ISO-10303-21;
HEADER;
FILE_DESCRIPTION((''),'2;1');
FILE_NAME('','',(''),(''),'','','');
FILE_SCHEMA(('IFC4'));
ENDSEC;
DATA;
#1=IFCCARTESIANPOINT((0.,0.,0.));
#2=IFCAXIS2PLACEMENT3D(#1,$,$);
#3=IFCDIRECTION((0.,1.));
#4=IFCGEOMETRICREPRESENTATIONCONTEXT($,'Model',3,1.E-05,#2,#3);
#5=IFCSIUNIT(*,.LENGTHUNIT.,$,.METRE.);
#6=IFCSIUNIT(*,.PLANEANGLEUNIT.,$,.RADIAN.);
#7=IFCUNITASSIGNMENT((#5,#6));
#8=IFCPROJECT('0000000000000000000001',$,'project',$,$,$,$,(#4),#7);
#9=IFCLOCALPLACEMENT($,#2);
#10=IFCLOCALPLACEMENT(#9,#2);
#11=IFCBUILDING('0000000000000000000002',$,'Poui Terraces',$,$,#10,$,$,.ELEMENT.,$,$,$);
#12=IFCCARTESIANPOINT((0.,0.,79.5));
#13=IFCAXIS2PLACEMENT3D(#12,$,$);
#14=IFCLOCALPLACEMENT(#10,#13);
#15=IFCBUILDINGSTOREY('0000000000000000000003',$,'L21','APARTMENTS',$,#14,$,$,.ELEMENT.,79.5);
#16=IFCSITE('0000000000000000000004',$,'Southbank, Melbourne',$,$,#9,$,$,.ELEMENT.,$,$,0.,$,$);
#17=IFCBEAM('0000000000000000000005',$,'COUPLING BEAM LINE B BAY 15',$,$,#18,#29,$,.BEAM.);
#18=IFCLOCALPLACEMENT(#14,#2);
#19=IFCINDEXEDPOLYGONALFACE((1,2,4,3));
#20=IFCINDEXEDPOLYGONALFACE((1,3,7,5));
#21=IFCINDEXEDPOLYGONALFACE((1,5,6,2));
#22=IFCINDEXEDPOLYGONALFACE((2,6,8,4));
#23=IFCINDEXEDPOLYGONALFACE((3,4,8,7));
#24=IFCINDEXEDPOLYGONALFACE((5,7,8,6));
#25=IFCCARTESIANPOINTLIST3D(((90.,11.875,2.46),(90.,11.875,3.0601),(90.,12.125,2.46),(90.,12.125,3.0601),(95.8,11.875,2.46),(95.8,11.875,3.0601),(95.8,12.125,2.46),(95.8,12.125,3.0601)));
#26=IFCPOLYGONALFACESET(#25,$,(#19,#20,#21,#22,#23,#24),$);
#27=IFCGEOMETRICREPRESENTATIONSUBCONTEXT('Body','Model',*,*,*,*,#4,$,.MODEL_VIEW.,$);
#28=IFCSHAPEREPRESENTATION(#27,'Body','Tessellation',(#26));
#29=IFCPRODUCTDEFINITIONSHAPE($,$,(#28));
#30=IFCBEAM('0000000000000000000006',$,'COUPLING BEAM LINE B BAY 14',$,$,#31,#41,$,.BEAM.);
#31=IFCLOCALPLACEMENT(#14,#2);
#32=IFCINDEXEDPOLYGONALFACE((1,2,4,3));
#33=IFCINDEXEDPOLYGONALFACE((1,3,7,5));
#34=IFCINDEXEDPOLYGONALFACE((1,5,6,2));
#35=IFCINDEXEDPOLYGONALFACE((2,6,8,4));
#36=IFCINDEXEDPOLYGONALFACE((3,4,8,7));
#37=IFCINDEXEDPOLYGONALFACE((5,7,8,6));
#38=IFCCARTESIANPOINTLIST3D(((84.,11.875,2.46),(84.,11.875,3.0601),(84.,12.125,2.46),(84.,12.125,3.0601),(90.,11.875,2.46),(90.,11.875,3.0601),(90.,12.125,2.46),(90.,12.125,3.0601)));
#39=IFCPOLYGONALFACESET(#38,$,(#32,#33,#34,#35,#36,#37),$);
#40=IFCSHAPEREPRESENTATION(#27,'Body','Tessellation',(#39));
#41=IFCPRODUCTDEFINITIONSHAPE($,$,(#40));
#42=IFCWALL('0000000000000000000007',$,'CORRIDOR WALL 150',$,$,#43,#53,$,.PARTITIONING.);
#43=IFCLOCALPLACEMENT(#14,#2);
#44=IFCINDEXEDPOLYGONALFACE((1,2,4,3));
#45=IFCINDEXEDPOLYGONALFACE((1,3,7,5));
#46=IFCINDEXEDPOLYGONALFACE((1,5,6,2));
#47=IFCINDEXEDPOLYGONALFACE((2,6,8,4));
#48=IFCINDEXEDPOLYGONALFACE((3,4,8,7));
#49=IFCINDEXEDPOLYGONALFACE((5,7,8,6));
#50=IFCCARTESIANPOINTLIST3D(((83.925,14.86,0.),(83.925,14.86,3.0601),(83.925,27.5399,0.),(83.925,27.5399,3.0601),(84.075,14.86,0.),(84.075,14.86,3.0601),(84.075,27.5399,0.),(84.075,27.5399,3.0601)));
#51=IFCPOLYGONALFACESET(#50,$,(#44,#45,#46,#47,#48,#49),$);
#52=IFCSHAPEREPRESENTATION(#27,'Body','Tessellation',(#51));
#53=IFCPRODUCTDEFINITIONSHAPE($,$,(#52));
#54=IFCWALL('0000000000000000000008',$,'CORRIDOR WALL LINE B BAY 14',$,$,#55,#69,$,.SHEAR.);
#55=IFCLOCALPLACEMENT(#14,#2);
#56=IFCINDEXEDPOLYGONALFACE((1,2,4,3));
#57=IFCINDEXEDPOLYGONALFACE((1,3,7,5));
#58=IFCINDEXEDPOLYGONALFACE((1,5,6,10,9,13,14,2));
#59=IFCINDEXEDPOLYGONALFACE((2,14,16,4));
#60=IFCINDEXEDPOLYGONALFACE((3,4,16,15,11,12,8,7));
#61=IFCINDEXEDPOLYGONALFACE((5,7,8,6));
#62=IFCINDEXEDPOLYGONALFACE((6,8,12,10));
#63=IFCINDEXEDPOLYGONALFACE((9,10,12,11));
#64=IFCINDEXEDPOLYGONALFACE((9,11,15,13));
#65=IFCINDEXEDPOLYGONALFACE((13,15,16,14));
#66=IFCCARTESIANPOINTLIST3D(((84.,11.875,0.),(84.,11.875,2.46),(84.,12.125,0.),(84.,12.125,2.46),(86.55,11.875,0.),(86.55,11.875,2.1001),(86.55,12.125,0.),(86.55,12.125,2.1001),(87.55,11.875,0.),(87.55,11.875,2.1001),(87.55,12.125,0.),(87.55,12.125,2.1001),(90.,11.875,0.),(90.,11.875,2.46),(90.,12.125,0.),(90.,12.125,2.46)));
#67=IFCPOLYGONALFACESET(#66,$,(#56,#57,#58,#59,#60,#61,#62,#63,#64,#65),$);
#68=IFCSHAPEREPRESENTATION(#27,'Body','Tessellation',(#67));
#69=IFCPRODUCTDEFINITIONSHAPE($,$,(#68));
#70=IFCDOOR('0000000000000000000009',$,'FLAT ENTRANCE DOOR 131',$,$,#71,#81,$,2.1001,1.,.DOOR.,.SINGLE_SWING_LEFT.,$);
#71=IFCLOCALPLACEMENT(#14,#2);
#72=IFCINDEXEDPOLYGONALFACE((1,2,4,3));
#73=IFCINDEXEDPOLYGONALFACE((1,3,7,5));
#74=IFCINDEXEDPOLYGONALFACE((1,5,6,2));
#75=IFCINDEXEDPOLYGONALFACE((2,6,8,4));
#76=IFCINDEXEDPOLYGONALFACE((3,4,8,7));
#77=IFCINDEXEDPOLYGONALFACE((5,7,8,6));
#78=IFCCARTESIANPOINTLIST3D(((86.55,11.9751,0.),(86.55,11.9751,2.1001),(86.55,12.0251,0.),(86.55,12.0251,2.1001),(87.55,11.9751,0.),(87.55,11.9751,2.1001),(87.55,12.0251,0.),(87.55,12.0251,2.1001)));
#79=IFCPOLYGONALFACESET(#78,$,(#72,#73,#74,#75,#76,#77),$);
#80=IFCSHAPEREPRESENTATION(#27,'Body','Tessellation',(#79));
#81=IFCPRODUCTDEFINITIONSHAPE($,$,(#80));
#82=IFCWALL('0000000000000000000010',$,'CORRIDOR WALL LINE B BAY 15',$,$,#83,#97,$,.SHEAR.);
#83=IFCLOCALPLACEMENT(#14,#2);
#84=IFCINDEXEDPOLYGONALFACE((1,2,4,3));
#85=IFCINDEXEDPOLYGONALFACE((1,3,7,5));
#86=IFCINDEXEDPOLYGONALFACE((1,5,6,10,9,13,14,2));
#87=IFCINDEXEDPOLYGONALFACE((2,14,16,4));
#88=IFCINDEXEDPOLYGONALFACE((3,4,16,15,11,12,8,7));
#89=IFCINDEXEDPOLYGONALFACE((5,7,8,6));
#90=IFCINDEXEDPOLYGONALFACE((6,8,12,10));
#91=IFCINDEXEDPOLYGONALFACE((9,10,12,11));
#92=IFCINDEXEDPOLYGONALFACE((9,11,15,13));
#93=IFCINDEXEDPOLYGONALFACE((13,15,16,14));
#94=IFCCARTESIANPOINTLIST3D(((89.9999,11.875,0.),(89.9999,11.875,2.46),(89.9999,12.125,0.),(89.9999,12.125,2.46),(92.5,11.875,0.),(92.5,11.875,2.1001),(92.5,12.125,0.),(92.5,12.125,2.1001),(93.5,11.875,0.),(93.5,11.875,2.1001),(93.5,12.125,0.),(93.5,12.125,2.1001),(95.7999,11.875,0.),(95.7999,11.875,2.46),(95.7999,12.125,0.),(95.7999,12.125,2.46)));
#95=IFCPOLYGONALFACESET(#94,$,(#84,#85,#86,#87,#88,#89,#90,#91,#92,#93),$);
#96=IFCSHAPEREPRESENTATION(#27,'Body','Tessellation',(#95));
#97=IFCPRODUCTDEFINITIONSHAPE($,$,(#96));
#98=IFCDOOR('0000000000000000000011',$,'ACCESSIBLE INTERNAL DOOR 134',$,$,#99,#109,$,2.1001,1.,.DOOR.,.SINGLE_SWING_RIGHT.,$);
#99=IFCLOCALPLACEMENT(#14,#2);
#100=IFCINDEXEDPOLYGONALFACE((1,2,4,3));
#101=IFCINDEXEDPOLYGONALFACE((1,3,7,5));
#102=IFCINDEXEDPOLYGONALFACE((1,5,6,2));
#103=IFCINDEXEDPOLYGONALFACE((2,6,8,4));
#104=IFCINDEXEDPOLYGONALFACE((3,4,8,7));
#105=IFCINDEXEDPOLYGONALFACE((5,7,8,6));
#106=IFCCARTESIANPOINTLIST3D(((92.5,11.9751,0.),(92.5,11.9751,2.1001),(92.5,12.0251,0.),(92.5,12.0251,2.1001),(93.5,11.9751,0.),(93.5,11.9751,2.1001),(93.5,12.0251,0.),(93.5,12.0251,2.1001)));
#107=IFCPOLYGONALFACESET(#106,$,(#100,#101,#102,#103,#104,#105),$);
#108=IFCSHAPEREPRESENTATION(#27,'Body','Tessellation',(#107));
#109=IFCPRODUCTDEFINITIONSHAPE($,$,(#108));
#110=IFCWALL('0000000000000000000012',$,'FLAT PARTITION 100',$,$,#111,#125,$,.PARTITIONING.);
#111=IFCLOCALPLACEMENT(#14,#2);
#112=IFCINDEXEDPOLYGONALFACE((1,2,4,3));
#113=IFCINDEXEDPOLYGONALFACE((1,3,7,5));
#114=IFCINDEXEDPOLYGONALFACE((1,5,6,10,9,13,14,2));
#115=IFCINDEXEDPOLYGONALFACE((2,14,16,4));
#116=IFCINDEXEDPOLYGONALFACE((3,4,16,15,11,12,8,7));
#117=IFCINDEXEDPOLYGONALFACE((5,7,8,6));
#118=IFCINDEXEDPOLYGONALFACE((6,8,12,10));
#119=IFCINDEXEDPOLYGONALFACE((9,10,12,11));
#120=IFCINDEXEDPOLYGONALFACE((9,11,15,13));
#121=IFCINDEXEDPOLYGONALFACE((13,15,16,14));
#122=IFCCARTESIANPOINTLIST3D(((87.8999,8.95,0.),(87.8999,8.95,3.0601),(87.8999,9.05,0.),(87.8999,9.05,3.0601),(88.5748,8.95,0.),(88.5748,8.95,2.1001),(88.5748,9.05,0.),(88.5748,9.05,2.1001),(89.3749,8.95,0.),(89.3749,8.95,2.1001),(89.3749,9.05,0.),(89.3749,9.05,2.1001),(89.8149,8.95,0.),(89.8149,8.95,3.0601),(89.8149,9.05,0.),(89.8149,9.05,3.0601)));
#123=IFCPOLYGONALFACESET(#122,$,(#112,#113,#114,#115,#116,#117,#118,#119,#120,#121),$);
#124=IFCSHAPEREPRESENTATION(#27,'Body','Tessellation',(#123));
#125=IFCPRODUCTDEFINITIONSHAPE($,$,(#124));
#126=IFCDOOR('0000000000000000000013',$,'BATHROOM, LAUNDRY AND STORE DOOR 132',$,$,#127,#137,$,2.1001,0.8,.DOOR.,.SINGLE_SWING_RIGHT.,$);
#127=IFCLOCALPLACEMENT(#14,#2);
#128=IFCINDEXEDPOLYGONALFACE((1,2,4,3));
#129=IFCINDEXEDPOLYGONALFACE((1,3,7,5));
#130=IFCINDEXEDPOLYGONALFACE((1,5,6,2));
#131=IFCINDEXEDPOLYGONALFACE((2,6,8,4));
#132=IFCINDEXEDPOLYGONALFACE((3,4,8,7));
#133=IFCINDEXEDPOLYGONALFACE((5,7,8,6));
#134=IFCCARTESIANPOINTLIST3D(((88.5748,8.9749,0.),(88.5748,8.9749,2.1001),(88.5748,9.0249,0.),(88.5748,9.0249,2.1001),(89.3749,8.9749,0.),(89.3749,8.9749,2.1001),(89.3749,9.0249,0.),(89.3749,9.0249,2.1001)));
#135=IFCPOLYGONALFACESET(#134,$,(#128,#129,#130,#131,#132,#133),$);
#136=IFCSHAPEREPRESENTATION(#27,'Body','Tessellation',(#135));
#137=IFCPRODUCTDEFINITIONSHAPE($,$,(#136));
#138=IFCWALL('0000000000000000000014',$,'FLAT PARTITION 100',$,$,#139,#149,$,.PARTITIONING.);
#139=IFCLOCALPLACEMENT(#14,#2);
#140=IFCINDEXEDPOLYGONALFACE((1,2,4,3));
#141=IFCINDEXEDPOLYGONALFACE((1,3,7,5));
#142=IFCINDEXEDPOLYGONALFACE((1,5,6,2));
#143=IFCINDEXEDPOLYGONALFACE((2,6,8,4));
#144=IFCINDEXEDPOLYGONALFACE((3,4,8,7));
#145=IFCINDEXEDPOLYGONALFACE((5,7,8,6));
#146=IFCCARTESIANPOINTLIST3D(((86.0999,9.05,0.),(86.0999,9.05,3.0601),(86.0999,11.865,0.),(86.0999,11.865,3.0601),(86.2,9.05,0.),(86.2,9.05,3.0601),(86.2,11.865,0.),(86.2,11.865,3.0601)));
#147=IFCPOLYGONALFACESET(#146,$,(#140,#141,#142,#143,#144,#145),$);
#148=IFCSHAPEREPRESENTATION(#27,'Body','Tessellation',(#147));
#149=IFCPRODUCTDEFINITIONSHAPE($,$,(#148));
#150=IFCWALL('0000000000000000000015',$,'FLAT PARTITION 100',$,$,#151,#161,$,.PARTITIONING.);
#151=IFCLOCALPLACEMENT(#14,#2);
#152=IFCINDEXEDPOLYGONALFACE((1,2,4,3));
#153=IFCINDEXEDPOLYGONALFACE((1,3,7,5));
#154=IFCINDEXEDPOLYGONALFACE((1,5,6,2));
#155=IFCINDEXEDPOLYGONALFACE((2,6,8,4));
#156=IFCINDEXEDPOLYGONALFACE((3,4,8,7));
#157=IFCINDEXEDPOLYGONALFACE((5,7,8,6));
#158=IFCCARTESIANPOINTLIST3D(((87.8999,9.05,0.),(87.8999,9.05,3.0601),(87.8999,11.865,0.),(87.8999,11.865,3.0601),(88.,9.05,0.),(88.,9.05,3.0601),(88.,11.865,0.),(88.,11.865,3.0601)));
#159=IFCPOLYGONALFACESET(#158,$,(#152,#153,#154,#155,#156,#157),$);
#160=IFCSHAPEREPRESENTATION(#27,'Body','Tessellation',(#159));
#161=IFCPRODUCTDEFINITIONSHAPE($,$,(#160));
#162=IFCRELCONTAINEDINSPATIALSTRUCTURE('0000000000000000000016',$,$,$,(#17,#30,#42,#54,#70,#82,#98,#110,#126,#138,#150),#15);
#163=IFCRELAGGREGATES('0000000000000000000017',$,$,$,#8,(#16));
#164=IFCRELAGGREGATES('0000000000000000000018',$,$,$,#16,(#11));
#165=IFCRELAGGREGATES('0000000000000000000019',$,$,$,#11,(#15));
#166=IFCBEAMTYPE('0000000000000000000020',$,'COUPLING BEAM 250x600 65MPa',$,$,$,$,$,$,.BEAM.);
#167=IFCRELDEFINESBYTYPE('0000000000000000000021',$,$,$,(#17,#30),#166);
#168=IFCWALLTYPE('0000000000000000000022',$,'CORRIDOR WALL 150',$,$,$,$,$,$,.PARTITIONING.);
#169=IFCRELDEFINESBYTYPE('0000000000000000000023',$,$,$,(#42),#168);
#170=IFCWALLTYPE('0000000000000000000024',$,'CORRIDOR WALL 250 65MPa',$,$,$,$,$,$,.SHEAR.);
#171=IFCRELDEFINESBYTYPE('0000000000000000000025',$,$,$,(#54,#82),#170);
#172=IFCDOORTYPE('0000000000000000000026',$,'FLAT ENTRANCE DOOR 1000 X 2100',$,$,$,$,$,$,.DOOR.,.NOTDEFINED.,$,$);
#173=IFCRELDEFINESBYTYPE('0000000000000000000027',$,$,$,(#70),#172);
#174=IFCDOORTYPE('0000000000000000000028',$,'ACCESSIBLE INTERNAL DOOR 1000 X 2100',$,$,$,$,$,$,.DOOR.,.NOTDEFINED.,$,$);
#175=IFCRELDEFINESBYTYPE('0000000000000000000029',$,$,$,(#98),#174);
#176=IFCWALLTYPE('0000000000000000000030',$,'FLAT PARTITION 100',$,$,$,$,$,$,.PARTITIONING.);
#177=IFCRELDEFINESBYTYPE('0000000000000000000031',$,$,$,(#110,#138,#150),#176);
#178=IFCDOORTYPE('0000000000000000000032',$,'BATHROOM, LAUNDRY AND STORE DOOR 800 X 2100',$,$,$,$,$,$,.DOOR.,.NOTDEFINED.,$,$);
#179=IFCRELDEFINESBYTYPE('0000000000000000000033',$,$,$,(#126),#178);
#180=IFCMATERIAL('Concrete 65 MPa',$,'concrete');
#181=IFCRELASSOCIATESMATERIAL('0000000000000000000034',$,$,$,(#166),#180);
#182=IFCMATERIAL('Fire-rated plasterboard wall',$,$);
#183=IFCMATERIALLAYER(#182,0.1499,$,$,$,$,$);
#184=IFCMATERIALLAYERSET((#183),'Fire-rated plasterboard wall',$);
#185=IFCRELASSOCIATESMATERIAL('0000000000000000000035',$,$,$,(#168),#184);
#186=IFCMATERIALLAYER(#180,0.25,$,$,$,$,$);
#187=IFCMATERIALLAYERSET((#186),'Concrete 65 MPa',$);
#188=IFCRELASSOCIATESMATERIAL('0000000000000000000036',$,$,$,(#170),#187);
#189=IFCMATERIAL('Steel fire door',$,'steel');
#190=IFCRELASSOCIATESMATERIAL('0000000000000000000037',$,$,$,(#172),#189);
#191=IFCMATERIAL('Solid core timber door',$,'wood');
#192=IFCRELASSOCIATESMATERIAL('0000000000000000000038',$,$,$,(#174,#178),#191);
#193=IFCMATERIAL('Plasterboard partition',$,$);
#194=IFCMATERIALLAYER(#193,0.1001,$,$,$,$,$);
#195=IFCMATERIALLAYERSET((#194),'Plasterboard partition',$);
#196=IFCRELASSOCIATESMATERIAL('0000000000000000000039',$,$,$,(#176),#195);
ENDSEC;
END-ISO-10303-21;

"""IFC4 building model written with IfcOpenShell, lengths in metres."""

from ifc_helpers import new_model, si_unit, direction, frame, frame_2d, origin, origin_2d, place, context, subcontext, project, spatial, rectangle, extrude, source, transform, mapped, material, layer, layer_set, material_profile, profile_set, type_object, element, fill, save


model = new_model("IFC4")

# Units and contexts
model_context = context("Model", 3, precision=1e-05, world=origin(), true_north=direction((0.0, 1.0)))
body_context = subcontext(model_context, "Body", "Model", "MODEL_VIEW")
ifc_project = project(units=[si_unit("LENGTHUNIT", "METRE"), si_unit("PLANEANGLEUNIT", "RADIAN")], contexts=[model_context])

# Site, building, storey
site_placement = place(None, origin())
site = spatial("IfcSite", under=ifc_project, at=site_placement, Name="Southbank, Melbourne", CompositionType="ELEMENT", RefElevation=0.0)
building_placement = place(site_placement, origin())
building = spatial("IfcBuilding", under=site, at=building_placement, Name="Poui Terraces", CompositionType="ELEMENT")
storey_placement = place(building_placement, frame((0.0, 0.0, 79.5)))
storey = spatial("IfcBuildingStorey", under=building, at=storey_placement, Name="L21", Description="APARTMENTS", CompositionType="ELEMENT", Elevation=79.5)

# Beams
ifc_material_1 = material(Name="Concrete 65 MPa", Category="concrete")
ifc_material_profile = material_profile(ifc_material_1, rectangle(XDim=0.25, YDim=0.6001, at=origin_2d()), Name="RC 250x600")
ifc_profile_set = profile_set([ifc_material_profile], Name="Concrete 65 MPa")
beam_type = type_object("IfcBeamType", Name="COUPLING BEAM 250x600 65MPa", PredefinedType="BEAM", material=ifc_profile_set)
shared_shape_1 = source(origin(), body_context, "Body", "SweptSolid", [
    extrude(rectangle(XDim=0.25, YDim=0.6001, at=origin_2d()), origin(), (0.0, 0.0, 1.0), 5.8),
])
beam_1_placement = place(storey_placement, frame((90.0, 12.0, 2.76), z_axis=(1.0, 0.0, 0.0), x_axis=(0.0, 1.0, 0.0)))
element("IfcBeam", 1, at=beam_1_placement, inside=storey, type_object=beam_type, Name="COUPLING BEAM LINE B BAY 15", PredefinedType="BEAM", context=body_context, shape_type="MappedRepresentation", body=[
    mapped(shared_shape_1, transform((0.0, 0.0, 0.0))),
])
shared_shape_2 = source(origin(), body_context, "Body", "SweptSolid", [
    extrude(rectangle(XDim=0.25, YDim=0.6001, at=origin_2d()), origin(), (0.0, 0.0, 1.0), 6.0),
])
beam_2_placement = place(storey_placement, frame((84.0, 12.0, 2.76), z_axis=(1.0, 0.0, 0.0), x_axis=(0.0, 1.0, 0.0)))
element("IfcBeam", 2, at=beam_2_placement, inside=storey, type_object=beam_type, Name="COUPLING BEAM LINE B BAY 14", PredefinedType="BEAM", context=body_context, shape_type="MappedRepresentation", body=[
    mapped(shared_shape_2, transform((0.0, 0.0, 0.0))),
])

# Wall
ifc_material_2 = material(Name="Fire-rated plasterboard wall")
ifc_layer_1 = layer(ifc_material_2, 0.1499)
ifc_layer_set_1 = layer_set([ifc_layer_1], Name="Fire-rated plasterboard wall")
wall_type_1 = type_object("IfcWallType", Name="CORRIDOR WALL 150", PredefinedType="PARTITIONING", material=ifc_layer_set_1)
wall_1_placement = place(storey_placement, frame((84.0, 14.8601, 0.0), z_axis=(0.0, 0.0, 1.0), x_axis=(0.0, 1.0, 0.0)))
element("IfcWall", 3, at=wall_1_placement, inside=storey, type_object=wall_type_1, Name="CORRIDOR WALL 150", PredefinedType="PARTITIONING", context=body_context, shape_type="SweptSolid", body=[
    extrude(rectangle(XDim=12.6799, YDim=0.1499, at=frame_2d((6.3398, 0.0))), origin(), (0.0, 0.0, 1.0), 3.0601),
])

# Walls, openings, doors
ifc_layer_2 = layer(ifc_material_1, 0.25)
ifc_layer_set_2 = layer_set([ifc_layer_2], Name="Concrete 65 MPa")
wall_type_2 = type_object("IfcWallType", Name="CORRIDOR WALL 250 65MPa", PredefinedType="SHEAR", material=ifc_layer_set_2)
wall_2_placement = place(storey_placement, frame((84.0, 12.0, 0.0), z_axis=(0.0, 0.0, 1.0), x_axis=(1.0, 0.0, 0.0)))
wall_2 = element("IfcWall", 4, at=wall_2_placement, inside=storey, type_object=wall_type_2, Name="CORRIDOR WALL LINE B BAY 14", PredefinedType="SHEAR", context=body_context, shape_type="SweptSolid", body=[
    extrude(rectangle(XDim=6.0, YDim=0.25, at=frame_2d((3.0, 0.0))), origin(), (0.0, 0.0, 1.0), 2.46),
])
opening_1_placement = place(wall_2_placement, frame((2.55, 0.0, 0.0)))
opening_1 = element("IfcOpeningElement", 5, at=opening_1_placement, cuts=wall_2, PredefinedType="OPENING", context=body_context, shape_type="SweptSolid", body=[
    extrude(rectangle(XDim=1.0, YDim=2.1001, at=frame_2d((0.5, 1.05))), frame((0.0, 0.135, 0.0), z_axis=(0.0, -1.0, 0.0), x_axis=(1.0, 0.0, 0.0)), (0.0, 0.0, 1.0), 0.27),
])
ifc_material_3 = material(Name="Steel fire door", Category="steel")
door_type_1 = type_object("IfcDoorType", Name="FLAT ENTRANCE DOOR 1000 X 2100", OperationType="NOTDEFINED", PredefinedType="DOOR", material=ifc_material_3)
door_1_placement = place(opening_1_placement, frame((1.0, 0.0, 0.0), z_axis=(0.0, 0.0, 1.0), x_axis=(-1.0, 0.0, 0.0)))
door_1 = element("IfcDoor", 6, at=door_1_placement, inside=storey, type_object=door_type_1, Name="FLAT ENTRANCE DOOR 131", OperationType="SINGLE_SWING_LEFT", OverallHeight=2.1001, OverallWidth=1.0, PredefinedType="DOOR", context=body_context, shape_type="SweptSolid", body=[
    extrude(rectangle(XDim=1.0, YDim=2.1001, at=frame_2d((0.5, 1.05))), frame((0.0, 0.0249, 0.0), z_axis=(0.0, -1.0, 0.0), x_axis=(1.0, 0.0, 0.0)), (0.0, 0.0, 1.0), 0.05),
])
fill(opening_1, door_1)
wall_3_placement = place(storey_placement, frame((90.0, 12.0, 0.0), z_axis=(0.0, 0.0, 1.0), x_axis=(1.0, 0.0, 0.0)))
wall_3 = element("IfcWall", 7, at=wall_3_placement, inside=storey, type_object=wall_type_2, Name="CORRIDOR WALL LINE B BAY 15", PredefinedType="SHEAR", context=body_context, shape_type="SweptSolid", body=[
    extrude(rectangle(XDim=5.8, YDim=0.25, at=frame_2d((2.8999, 0.0))), origin(), (0.0, 0.0, 1.0), 2.46),
])
opening_2_placement = place(wall_3_placement, frame((2.5, 0.0, 0.0)))
opening_2 = element("IfcOpeningElement", 8, at=opening_2_placement, cuts=wall_3, PredefinedType="OPENING", context=body_context, shape_type="SweptSolid", body=[
    extrude(rectangle(XDim=1.0, YDim=2.1001, at=frame_2d((0.5, 1.05))), frame((0.0, 0.135, 0.0), z_axis=(0.0, -1.0, 0.0), x_axis=(1.0, 0.0, 0.0)), (0.0, 0.0, 1.0), 0.27),
])
ifc_material_4 = material(Name="Solid core timber door", Category="wood")
door_type_2 = type_object("IfcDoorType", Name="ACCESSIBLE INTERNAL DOOR 1000 X 2100", OperationType="NOTDEFINED", PredefinedType="DOOR", material=ifc_material_4)
door_2_placement = place(opening_2_placement, frame((1.0, 0.0, 0.0), z_axis=(0.0, 0.0, 1.0), x_axis=(-1.0, 0.0, 0.0)))
door_2 = element("IfcDoor", 9, at=door_2_placement, inside=storey, type_object=door_type_2, Name="ACCESSIBLE INTERNAL DOOR 134", OperationType="SINGLE_SWING_RIGHT", OverallHeight=2.1001, OverallWidth=1.0, PredefinedType="DOOR", context=body_context, shape_type="SweptSolid", body=[
    extrude(rectangle(XDim=1.0, YDim=2.1001, at=frame_2d((0.5, 1.05))), frame((0.0, 0.0249, 0.0), z_axis=(0.0, -1.0, 0.0), x_axis=(1.0, 0.0, 0.0)), (0.0, 0.0, 1.0), 0.05),
])
fill(opening_2, door_2)
ifc_material_5 = material(Name="Plasterboard partition")
ifc_layer_3 = layer(ifc_material_5, 0.1001)
ifc_layer_set_3 = layer_set([ifc_layer_3], Name="Plasterboard partition")
wall_type_3 = type_object("IfcWallType", Name="FLAT PARTITION 100", PredefinedType="PARTITIONING", material=ifc_layer_set_3)
wall_4_placement = place(storey_placement, frame((87.8999, 9.0, 0.0), z_axis=(0.0, 0.0, 1.0), x_axis=(1.0, 0.0, 0.0)))
wall_4 = element("IfcWall", 10, at=wall_4_placement, inside=storey, type_object=wall_type_3, Name="FLAT PARTITION 100", PredefinedType="PARTITIONING", context=body_context, shape_type="SweptSolid", body=[
    extrude(rectangle(XDim=1.915, YDim=0.1001, at=frame_2d((0.9575, 0.0))), origin(), (0.0, 0.0, 1.0), 3.0601),
])
opening_3_placement = place(wall_4_placement, frame((0.675, 0.0, 0.0)))
opening_3 = element("IfcOpeningElement", 11, at=opening_3_placement, cuts=wall_4, PredefinedType="OPENING", context=body_context, shape_type="SweptSolid", body=[
    extrude(rectangle(XDim=0.8, YDim=2.1001, at=frame_2d((0.3999, 1.05))), frame((0.0, 0.0601, 0.0), z_axis=(0.0, -1.0, 0.0), x_axis=(1.0, 0.0, 0.0)), (0.0, 0.0, 1.0), 0.1201),
])
door_type_3 = type_object("IfcDoorType", Name="BATHROOM, LAUNDRY AND STORE DOOR 800 X 2100", OperationType="NOTDEFINED", PredefinedType="DOOR", material=ifc_material_4)
door_3_placement = place(opening_3_placement, origin())
door_3 = element("IfcDoor", 12, at=door_3_placement, inside=storey, type_object=door_type_3, Name="BATHROOM, LAUNDRY AND STORE DOOR 132", OperationType="SINGLE_SWING_RIGHT", OverallHeight=2.1001, OverallWidth=0.8, PredefinedType="DOOR", context=body_context, shape_type="SweptSolid", body=[
    extrude(rectangle(XDim=0.8, YDim=2.1001, at=frame_2d((0.3999, 1.05))), frame((0.0, 0.0249, 0.0), z_axis=(0.0, -1.0, 0.0), x_axis=(1.0, 0.0, 0.0)), (0.0, 0.0, 1.0), 0.05),
])
fill(opening_3, door_3)

# Walls
for number, where, z_axis, x_axis, name in (
    (13, (86.1499, 9.05, 0.0), (0.0, 0.0, 1.0), (0.0, 1.0, 0.0), "FLAT PARTITION 100"),
    (14, (87.95, 9.05, 0.0), (0.0, 0.0, 1.0), (0.0, 1.0, 0.0), "FLAT PARTITION 100"),
):
    element("IfcWall", number, at=place(storey_placement, frame(where, z_axis=z_axis, x_axis=x_axis)), inside=storey, type_object=wall_type_3, Name=name, PredefinedType="PARTITIONING", context=body_context, shape_type="SweptSolid", body=[
        extrude(rectangle(XDim=2.8149, YDim=0.1001, at=frame_2d((1.4075, 0.0))), origin(), (0.0, 0.0, 1.0), 3.0601),
    ])

save(model, "model.ifc")
